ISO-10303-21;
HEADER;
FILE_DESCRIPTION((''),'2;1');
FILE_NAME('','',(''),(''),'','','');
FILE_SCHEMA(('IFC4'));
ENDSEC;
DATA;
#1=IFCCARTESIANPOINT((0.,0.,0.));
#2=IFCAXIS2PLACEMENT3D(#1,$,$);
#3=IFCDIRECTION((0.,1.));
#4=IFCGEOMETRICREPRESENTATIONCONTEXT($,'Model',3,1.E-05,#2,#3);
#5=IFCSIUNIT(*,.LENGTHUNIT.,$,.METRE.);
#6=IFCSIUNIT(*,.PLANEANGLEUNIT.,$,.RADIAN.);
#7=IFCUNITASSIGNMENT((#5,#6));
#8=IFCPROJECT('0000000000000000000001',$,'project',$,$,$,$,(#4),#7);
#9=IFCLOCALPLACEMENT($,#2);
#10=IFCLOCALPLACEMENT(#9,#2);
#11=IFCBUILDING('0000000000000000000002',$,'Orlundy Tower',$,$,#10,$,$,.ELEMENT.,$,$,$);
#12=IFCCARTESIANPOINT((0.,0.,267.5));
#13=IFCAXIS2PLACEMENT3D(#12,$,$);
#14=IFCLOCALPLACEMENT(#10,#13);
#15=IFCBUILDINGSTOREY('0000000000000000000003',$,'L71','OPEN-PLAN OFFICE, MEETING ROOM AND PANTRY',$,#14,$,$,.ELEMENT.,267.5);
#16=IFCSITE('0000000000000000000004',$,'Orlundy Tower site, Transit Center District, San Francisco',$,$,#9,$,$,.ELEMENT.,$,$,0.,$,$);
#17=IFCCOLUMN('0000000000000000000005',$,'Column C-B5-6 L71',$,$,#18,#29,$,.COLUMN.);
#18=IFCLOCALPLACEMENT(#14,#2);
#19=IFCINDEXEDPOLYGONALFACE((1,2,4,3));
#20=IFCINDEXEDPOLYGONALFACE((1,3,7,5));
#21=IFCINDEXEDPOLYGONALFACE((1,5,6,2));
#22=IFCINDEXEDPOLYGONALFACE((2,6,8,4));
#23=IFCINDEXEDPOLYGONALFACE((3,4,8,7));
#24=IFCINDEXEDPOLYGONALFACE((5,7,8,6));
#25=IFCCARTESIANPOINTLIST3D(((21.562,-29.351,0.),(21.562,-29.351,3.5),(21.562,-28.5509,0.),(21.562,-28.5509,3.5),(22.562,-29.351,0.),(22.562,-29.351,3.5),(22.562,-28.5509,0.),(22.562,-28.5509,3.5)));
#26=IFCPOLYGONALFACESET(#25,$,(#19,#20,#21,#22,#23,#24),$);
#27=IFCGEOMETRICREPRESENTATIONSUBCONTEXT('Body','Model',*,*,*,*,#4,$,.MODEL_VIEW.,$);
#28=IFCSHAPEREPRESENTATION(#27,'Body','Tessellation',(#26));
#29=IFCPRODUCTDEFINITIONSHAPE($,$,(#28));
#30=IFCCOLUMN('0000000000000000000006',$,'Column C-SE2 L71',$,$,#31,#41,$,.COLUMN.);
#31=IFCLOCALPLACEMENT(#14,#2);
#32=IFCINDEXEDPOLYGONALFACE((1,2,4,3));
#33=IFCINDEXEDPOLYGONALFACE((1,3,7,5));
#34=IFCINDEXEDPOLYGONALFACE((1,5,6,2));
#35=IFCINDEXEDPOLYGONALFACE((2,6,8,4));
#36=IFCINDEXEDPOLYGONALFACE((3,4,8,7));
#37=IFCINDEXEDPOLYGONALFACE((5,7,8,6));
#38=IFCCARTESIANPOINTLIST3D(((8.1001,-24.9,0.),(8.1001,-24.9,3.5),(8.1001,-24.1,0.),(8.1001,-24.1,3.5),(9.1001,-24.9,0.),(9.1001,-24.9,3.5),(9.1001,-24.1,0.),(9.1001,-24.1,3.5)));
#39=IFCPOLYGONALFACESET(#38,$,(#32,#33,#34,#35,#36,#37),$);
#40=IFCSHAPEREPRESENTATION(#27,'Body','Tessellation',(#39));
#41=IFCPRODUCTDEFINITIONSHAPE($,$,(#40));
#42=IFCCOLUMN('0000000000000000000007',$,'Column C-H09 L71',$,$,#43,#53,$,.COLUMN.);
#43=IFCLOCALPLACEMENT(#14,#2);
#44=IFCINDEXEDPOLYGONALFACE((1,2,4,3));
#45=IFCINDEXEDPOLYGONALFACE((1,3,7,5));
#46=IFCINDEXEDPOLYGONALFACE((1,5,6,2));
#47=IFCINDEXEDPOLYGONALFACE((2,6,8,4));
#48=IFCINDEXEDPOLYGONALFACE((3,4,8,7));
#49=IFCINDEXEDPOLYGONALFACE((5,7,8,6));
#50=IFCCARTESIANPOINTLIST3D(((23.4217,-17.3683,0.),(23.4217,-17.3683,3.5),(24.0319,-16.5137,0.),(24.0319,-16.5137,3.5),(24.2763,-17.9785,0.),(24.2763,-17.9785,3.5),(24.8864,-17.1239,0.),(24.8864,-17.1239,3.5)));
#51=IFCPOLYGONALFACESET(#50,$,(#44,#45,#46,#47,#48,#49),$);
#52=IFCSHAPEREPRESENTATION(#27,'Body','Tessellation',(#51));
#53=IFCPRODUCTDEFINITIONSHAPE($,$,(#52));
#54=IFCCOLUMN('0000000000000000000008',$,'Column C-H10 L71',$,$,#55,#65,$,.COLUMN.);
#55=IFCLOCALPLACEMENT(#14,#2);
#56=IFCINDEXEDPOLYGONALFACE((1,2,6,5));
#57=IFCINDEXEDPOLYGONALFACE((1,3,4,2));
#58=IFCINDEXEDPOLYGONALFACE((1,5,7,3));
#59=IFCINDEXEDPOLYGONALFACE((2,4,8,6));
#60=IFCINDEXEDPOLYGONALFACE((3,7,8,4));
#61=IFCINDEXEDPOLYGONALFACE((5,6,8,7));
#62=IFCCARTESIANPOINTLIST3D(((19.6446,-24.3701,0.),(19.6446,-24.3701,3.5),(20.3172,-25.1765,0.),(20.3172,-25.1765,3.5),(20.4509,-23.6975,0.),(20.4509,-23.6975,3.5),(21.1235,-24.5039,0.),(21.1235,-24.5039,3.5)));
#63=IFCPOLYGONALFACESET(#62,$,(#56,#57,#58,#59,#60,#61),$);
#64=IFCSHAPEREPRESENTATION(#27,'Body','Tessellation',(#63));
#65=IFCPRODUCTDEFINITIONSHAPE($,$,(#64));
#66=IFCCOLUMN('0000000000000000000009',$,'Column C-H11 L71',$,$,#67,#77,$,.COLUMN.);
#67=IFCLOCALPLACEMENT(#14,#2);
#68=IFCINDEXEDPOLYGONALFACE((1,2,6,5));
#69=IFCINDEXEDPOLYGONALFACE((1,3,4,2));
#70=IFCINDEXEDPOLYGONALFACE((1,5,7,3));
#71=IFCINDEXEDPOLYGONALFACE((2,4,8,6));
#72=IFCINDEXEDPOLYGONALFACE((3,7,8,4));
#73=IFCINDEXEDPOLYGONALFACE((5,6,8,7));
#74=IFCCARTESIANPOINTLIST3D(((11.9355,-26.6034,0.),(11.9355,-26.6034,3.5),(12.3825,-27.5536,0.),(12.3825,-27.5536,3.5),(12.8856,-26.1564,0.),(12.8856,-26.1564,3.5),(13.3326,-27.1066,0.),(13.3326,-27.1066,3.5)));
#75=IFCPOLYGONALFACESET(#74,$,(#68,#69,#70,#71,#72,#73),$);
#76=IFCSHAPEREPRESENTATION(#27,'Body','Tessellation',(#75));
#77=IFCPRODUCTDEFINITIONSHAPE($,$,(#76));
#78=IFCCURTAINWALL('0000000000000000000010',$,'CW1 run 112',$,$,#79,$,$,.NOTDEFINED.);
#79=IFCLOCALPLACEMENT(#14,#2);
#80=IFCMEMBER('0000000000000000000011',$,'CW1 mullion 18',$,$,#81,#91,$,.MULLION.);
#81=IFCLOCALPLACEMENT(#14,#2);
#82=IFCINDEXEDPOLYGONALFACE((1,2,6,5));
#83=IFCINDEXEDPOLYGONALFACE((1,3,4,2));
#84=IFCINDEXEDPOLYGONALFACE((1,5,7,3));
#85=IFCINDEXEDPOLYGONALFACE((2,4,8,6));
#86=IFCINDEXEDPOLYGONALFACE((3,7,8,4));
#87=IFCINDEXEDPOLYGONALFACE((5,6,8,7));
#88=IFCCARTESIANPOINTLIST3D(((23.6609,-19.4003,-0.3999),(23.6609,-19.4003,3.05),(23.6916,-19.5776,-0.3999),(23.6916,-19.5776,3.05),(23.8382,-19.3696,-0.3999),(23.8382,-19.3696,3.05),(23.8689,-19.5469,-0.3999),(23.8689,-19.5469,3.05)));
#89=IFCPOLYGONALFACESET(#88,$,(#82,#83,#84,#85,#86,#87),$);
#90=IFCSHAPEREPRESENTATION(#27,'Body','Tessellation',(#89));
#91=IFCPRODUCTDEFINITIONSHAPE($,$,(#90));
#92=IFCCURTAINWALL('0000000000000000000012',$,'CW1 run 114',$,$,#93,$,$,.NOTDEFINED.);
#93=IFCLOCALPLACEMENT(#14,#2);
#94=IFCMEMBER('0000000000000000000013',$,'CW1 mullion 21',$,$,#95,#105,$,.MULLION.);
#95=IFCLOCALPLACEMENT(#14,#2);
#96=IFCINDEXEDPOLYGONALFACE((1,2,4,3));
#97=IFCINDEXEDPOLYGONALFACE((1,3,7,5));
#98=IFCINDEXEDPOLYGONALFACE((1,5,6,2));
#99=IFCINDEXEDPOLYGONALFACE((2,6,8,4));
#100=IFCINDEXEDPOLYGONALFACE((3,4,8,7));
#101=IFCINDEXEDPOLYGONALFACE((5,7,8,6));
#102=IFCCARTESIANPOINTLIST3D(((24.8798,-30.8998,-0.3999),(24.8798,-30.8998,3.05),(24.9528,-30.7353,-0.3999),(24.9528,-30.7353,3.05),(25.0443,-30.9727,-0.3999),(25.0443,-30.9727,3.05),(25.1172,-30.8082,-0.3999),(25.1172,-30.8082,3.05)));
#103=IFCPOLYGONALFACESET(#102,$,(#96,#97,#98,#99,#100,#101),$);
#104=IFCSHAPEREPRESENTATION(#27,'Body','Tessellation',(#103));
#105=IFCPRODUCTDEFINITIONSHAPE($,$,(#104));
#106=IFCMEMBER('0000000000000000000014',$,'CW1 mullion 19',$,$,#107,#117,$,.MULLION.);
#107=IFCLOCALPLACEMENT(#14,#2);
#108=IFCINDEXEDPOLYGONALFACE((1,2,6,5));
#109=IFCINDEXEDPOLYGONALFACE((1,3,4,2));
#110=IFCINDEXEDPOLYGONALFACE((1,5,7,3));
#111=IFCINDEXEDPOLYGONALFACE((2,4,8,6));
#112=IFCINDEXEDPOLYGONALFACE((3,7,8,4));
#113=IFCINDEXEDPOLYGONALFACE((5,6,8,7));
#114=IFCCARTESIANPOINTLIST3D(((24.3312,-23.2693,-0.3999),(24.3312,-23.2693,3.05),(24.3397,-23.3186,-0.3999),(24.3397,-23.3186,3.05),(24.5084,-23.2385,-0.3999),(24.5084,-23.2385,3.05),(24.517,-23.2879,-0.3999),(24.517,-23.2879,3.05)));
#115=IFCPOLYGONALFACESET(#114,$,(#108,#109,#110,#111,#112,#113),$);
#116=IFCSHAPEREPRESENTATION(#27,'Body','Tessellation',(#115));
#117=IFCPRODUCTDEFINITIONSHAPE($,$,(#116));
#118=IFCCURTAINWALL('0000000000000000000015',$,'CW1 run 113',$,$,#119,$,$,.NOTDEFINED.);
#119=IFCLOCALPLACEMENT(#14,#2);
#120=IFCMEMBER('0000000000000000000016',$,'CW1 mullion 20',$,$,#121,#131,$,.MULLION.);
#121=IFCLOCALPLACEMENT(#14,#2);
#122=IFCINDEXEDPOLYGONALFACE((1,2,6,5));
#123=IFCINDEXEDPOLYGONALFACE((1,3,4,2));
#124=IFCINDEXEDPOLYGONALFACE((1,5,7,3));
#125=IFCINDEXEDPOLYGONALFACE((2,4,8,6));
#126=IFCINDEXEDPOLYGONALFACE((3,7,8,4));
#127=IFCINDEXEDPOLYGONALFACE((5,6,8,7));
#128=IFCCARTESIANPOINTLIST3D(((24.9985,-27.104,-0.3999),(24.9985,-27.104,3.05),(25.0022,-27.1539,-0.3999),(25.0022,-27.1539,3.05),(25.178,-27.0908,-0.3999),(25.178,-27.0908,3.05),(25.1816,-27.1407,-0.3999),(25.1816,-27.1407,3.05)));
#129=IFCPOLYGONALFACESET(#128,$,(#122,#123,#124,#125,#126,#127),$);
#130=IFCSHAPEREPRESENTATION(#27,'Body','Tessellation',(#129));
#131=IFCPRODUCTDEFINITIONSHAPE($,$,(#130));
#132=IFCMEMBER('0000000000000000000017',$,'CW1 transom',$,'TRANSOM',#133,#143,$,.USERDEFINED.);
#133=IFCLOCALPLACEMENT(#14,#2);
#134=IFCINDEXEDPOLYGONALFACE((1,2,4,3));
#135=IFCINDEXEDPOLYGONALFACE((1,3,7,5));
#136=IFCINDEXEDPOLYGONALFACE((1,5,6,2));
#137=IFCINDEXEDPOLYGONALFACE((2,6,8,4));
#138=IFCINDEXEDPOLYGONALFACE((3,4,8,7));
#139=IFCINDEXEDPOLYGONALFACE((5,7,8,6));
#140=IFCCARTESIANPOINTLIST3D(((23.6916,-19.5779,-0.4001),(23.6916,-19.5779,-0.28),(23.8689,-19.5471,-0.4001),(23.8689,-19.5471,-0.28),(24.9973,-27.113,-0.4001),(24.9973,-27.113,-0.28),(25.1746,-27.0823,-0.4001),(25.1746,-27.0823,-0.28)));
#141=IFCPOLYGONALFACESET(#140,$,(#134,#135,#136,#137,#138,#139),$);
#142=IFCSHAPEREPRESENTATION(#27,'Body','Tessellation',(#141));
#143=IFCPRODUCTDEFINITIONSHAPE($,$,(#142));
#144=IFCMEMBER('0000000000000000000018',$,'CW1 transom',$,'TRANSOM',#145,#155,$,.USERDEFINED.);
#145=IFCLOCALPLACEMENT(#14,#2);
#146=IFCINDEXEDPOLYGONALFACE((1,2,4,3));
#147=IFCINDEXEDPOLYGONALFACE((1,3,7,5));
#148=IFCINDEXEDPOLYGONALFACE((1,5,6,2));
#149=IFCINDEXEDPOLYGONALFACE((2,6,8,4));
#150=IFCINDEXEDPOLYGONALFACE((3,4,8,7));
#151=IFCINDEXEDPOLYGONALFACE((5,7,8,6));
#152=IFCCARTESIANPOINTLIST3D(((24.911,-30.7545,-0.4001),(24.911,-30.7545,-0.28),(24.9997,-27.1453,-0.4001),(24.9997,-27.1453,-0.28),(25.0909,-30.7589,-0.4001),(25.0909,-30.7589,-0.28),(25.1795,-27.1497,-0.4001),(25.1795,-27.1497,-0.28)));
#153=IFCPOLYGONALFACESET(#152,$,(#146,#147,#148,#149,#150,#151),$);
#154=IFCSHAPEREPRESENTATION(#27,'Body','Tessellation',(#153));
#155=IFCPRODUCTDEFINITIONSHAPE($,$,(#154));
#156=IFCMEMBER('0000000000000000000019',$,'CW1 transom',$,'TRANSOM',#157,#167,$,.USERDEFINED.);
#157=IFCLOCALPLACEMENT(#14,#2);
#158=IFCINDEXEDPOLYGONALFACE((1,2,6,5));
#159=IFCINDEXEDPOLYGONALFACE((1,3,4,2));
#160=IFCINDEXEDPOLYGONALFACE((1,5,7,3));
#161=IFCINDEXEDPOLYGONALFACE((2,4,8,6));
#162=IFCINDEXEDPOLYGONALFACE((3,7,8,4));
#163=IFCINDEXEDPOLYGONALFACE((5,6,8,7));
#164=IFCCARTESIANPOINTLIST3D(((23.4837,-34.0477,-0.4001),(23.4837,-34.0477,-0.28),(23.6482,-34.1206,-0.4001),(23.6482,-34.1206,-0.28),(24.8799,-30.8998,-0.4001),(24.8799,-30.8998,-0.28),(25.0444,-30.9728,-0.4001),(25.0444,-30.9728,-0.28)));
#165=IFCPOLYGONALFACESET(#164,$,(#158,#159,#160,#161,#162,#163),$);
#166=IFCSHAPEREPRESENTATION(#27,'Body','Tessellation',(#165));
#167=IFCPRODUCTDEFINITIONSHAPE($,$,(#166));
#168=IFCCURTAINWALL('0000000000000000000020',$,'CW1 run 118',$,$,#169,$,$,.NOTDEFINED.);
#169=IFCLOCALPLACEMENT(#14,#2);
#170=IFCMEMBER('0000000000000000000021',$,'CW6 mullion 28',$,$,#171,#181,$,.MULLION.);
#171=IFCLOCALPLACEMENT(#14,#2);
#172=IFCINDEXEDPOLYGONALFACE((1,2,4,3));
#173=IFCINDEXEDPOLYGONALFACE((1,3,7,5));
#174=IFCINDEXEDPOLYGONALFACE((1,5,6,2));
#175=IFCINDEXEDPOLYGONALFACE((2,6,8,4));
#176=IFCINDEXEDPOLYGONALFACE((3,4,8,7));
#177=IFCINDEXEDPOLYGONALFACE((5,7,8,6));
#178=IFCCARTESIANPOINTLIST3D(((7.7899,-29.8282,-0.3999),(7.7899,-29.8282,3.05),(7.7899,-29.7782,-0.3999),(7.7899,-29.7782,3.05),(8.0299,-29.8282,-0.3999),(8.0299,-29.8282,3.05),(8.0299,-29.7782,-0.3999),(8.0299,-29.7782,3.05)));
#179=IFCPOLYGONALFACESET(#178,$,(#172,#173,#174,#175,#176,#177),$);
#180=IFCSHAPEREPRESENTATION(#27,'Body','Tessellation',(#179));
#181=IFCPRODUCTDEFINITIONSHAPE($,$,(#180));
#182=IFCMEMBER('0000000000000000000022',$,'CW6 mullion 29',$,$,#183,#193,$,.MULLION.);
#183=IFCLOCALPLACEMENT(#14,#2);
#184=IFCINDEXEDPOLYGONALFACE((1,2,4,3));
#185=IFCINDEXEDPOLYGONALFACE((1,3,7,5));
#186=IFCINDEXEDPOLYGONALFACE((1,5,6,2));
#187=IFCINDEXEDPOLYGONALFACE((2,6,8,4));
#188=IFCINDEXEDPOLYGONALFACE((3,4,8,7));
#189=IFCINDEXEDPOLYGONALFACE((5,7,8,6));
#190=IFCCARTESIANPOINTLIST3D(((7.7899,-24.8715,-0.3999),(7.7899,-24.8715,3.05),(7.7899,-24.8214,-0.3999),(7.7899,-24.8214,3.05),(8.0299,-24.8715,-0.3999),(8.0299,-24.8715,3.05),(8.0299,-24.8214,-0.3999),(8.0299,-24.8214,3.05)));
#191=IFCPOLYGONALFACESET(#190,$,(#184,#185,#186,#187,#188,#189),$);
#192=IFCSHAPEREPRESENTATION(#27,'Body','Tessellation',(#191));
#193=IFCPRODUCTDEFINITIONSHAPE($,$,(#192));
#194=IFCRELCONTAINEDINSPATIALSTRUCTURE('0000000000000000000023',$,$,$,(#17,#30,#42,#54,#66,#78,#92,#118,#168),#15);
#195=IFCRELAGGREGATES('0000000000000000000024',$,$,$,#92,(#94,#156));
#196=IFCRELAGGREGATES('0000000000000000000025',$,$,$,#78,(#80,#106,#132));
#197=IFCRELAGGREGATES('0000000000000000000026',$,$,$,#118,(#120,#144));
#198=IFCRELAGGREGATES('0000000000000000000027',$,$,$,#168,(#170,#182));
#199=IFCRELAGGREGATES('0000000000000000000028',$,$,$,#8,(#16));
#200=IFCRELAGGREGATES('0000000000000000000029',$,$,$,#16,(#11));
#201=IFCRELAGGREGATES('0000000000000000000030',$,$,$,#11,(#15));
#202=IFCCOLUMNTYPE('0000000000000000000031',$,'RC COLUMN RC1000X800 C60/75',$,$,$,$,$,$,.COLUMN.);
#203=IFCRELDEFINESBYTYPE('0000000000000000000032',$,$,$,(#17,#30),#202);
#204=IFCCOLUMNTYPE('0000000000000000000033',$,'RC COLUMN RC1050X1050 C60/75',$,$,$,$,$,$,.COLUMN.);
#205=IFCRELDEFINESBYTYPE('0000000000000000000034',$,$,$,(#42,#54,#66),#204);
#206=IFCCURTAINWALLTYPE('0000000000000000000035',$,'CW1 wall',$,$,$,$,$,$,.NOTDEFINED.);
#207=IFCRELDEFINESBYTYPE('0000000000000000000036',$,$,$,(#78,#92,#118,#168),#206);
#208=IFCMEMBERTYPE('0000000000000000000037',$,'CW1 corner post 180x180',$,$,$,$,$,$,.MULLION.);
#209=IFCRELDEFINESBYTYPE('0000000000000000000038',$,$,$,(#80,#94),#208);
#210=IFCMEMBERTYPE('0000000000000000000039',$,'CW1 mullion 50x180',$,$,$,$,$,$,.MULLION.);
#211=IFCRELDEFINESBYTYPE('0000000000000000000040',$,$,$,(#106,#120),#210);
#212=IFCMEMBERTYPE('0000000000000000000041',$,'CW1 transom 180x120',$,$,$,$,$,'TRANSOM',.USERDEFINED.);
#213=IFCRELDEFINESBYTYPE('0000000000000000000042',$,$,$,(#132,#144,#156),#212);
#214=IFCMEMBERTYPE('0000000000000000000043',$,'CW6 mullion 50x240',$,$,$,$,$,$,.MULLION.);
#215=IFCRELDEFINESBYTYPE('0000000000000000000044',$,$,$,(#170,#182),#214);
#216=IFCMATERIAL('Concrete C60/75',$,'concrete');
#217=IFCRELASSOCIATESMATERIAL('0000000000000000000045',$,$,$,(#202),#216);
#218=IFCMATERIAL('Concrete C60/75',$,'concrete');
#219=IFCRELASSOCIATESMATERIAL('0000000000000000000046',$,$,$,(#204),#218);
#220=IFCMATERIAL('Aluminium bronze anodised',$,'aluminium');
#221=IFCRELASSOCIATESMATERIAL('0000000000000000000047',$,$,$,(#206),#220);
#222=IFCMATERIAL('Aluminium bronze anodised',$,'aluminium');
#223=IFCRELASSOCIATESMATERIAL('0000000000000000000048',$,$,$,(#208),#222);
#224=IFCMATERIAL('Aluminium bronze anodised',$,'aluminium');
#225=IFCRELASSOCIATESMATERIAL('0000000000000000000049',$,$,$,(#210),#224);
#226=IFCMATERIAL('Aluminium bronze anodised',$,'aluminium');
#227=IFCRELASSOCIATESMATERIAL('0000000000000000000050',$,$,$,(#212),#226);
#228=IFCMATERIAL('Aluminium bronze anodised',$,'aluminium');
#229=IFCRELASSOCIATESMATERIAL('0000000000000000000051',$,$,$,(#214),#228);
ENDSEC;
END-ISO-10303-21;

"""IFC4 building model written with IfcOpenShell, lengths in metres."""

from ifc_helpers import new_model, si_unit, direction, frame, origin, origin_2d, place, context, subcontext, project, spatial, rectangle, extrude, material, material_profile, profile_set, type_object, element, aggregate, save


model = new_model("IFC4")

# Units and contexts
model_context = context("Model", 3, precision=1e-05, world=origin(), true_north=direction((0.0, 1.0)))
body_context = subcontext(model_context, "Body", "Model", "MODEL_VIEW")
ifc_project = project(units=[si_unit("LENGTHUNIT", "METRE"), si_unit("PLANEANGLEUNIT", "RADIAN")], contexts=[model_context])

# Site, building, storey
site_placement = place(None, origin())
site = spatial("IfcSite", under=ifc_project, at=site_placement, Name="Orlundy Tower site, Transit Center District, San Francisco", CompositionType="ELEMENT", RefElevation=0.0)
building_placement = place(site_placement, origin())
building = spatial("IfcBuilding", under=site, at=building_placement, Name="Orlundy Tower", CompositionType="ELEMENT")
storey_placement = place(building_placement, frame((0.0, 0.0, 267.5)))
storey = spatial("IfcBuildingStorey", under=building, at=storey_placement, Name="L71", Description="OPEN-PLAN OFFICE, MEETING ROOM AND PANTRY", CompositionType="ELEMENT", Elevation=267.5)

# Columns
ifc_material_1 = material(Name="Concrete C60/75", Category="concrete")
ifc_material_profile_1 = material_profile(ifc_material_1, rectangle(XDim=1.0, YDim=0.8, at=origin_2d()), Name="RC1000X800")
ifc_profile_set_1 = profile_set([ifc_material_profile_1], Name="Concrete C60/75")
column_type_1 = type_object("IfcColumnType", Name="RC COLUMN RC1000X800 C60/75", PredefinedType="COLUMN", material=ifc_profile_set_1)
for number, where, z_axis, x_axis, name in (
    (1, (22.062, -28.9509, 0.0), (0.0, 0.0, 1.0), (1.0, 0.0, 0.0), "Column C-B5-6 L71"),
    (2, (8.6001, -24.5, 0.0), (0.0, 0.0, 1.0), (1.0, 0.0, 0.0), "Column C-SE2 L71"),
):
    element("IfcColumn", number, at=place(storey_placement, frame(where, z_axis=z_axis, x_axis=x_axis)), inside=storey, type_object=column_type_1, Name=name, PredefinedType="COLUMN", context=body_context, shape_type="SweptSolid", body=[
        extrude(rectangle(XDim=1.0, YDim=0.8, at=origin_2d()), origin(), (0.0, 0.0, 1.0), 3.5),
    ])
ifc_material_2 = material(Name="Concrete C60/75", Category="concrete")
ifc_material_profile_2 = material_profile(ifc_material_2, rectangle(XDim=1.05, YDim=1.05, at=origin_2d()), Name="RC1050X1050")
ifc_profile_set_2 = profile_set([ifc_material_profile_2], Name="Concrete C60/75")
column_type_2 = type_object("IfcColumnType", Name="RC COLUMN RC1050X1050 C60/75", PredefinedType="COLUMN", material=ifc_profile_set_2)
for number, where, z_axis, x_axis, name in (
    (3, (24.1541, -17.2461, 0.0), (0.0, 0.0, 1.0), (0.813842, -0.581087, 0.0), "Column C-H09 L71"),
    (4, (20.384, -24.437, 0.0), (0.0, 0.0, 1.0), (0.640552, -0.767915, 0.0), "Column C-H10 L71"),
    (5, (12.634, -26.855, 0.0), (0.0, 0.0, 1.0), (0.4257, -0.904864, 0.0), "Column C-H11 L71"),
):
    element("IfcColumn", number, at=place(storey_placement, frame(where, z_axis=z_axis, x_axis=x_axis)), inside=storey, type_object=column_type_2, Name=name, PredefinedType="COLUMN", context=body_context, shape_type="SweptSolid", body=[
        extrude(rectangle(XDim=1.05, YDim=1.05, at=origin_2d()), origin(), (0.0, 0.0, 1.0), 3.5),
    ])

# Curtain walls, members
ifc_material_3 = material(Name="Aluminium bronze anodised", Category="aluminium")
curtain_wall_type = type_object("IfcCurtainWallType", Name="CW1 wall", PredefinedType="NOTDEFINED", material=ifc_material_3)
curtain_wall_1_placement = place(storey_placement, origin())
curtain_wall_1 = element("IfcCurtainWall", 6, at=curtain_wall_1_placement, inside=storey, type_object=curtain_wall_type, Name="CW1 run 112", PredefinedType="NOTDEFINED")
ifc_material_4 = material(Name="Aluminium bronze anodised", Category="aluminium")
ifc_material_profile_3 = material_profile(ifc_material_4, rectangle(XDim=0.1799, YDim=0.1799, at=origin_2d()), Name="CW1 corner post 180x180")
ifc_profile_set_3 = profile_set([ifc_material_profile_3], Name="Aluminium bronze anodised")
member_type_1 = type_object("IfcMemberType", Name="CW1 corner post 180x180", PredefinedType="MULLION", material=ifc_profile_set_3)
member_1_placement = place(storey_placement, frame((23.7649, -19.4736, -0.3999), z_axis=(0.0, 0.0, 1.0), x_axis=(0.985318, 0.170729, 0.0)))
member_1 = element("IfcMember", 7, at=member_1_placement, type_object=member_type_1, Name="CW1 mullion 18", PredefinedType="MULLION", context=body_context, shape_type="SweptSolid", body=[
    extrude(rectangle(XDim=0.1799, YDim=0.1799, at=origin_2d()), origin(), (0.0, 0.0, 1.0), 3.45),
])
curtain_wall_2_placement = place(storey_placement, origin())
curtain_wall_2 = element("IfcCurtainWall", 8, at=curtain_wall_2_placement, inside=storey, type_object=curtain_wall_type, Name="CW1 run 114", PredefinedType="NOTDEFINED")
member_2_placement = place(storey_placement, frame((24.9985, -30.854, -0.3999), z_axis=(0.0, 0.0, 1.0), x_axis=(0.914134, -0.405413, 0.0)))
member_2 = element("IfcMember", 9, at=member_2_placement, type_object=member_type_1, Name="CW1 mullion 21", PredefinedType="MULLION", context=body_context, shape_type="SweptSolid", body=[
    extrude(rectangle(XDim=0.1799, YDim=0.1799, at=origin_2d()), origin(), (0.0, 0.0, 1.0), 3.45),
])

# Member
ifc_material_5 = material(Name="Aluminium bronze anodised", Category="aluminium")
ifc_material_profile_4 = material_profile(ifc_material_5, rectangle(XDim=0.1799, YDim=0.05, at=origin_2d()), Name="CW1 mullion 50x180")
ifc_profile_set_4 = profile_set([ifc_material_profile_4], Name="Aluminium bronze anodised")
member_type_2 = type_object("IfcMemberType", Name="CW1 mullion 50x180", PredefinedType="MULLION", material=ifc_profile_set_4)
member_3_placement = place(storey_placement, frame((24.4241, -23.2786, -0.3999), z_axis=(0.0, 0.0, 1.0), x_axis=(0.985318, 0.170729, 0.0)))
member_3 = element("IfcMember", 10, at=member_3_placement, type_object=member_type_2, Name="CW1 mullion 19", PredefinedType="MULLION", context=body_context, shape_type="SweptSolid", body=[
    extrude(rectangle(XDim=0.1799, YDim=0.05, at=origin_2d()), origin(), (0.0, 0.0, 1.0), 3.45),
])

# Curtain wall, member
curtain_wall_3_placement = place(storey_placement, origin())
curtain_wall_3 = element("IfcCurtainWall", 11, at=curtain_wall_3_placement, inside=storey, type_object=curtain_wall_type, Name="CW1 run 113", PredefinedType="NOTDEFINED")
member_4_placement = place(storey_placement, frame((25.0901, -27.1223, -0.3999), z_axis=(0.0, 0.0, 1.0), x_axis=(0.9973, 0.07344, 0.0)))
member_4 = element("IfcMember", 12, at=member_4_placement, type_object=member_type_2, Name="CW1 mullion 20", PredefinedType="MULLION", context=body_context, shape_type="SweptSolid", body=[
    extrude(rectangle(XDim=0.1799, YDim=0.05, at=origin_2d()), origin(), (0.0, 0.0, 1.0), 3.45),
])

# Members
ifc_material_6 = material(Name="Aluminium bronze anodised", Category="aluminium")
ifc_material_profile_5 = material_profile(ifc_material_6, rectangle(XDim=0.1799, YDim=0.1201, at=origin_2d()), Name="CW1 transom 180x120")
ifc_profile_set_5 = profile_set([ifc_material_profile_5], Name="Aluminium bronze anodised")
member_type_3 = type_object("IfcMemberType", Name="CW1 transom 180x120", ElementType="TRANSOM", PredefinedType="USERDEFINED", material=ifc_profile_set_5)
member_5_placement = place(storey_placement, frame((23.7803, -19.5625, -0.3401), z_axis=(0.170732, -0.985317, 0.0), x_axis=(0.985317, 0.170732, 0.0)))
member_5 = element("IfcMember", 13, at=member_5_placement, type_object=member_type_3, Name="CW1 transom", ObjectType="TRANSOM", PredefinedType="USERDEFINED", context=body_context, shape_type="SweptSolid", body=[
    extrude(rectangle(XDim=0.1799, YDim=0.1201, at=origin_2d()), origin(), (0.0, 0.0, 1.0), 7.6475),
])
member_6_placement = place(storey_placement, frame((25.0896, -27.1475, -0.3401), z_axis=(-0.024546, -0.999699, 0.0), x_axis=(0.999699, -0.024546, 0.0)))
member_6 = element("IfcMember", 14, at=member_6_placement, type_object=member_type_3, Name="CW1 transom", ObjectType="TRANSOM", PredefinedType="USERDEFINED", context=body_context, shape_type="SweptSolid", body=[
    extrude(rectangle(XDim=0.1799, YDim=0.1201, at=origin_2d()), origin(), (0.0, 0.0, 1.0), 3.6104),
])
member_7_placement = place(storey_placement, frame((24.9622, -30.9363, -0.3401), z_axis=(-0.405448, -0.914118, 0.0), x_axis=(0.914118, -0.405448, 0.0)))
member_7 = element("IfcMember", 15, at=member_7_placement, type_object=member_type_3, Name="CW1 transom", ObjectType="TRANSOM", PredefinedType="USERDEFINED", context=body_context, shape_type="SweptSolid", body=[
    extrude(rectangle(XDim=0.1799, YDim=0.1201, at=origin_2d()), origin(), (0.0, 0.0, 1.0), 3.4436),
])
aggregate(curtain_wall_2, [member_2, member_7])

# Curtain wall, members
curtain_wall_4_placement = place(storey_placement, origin())
curtain_wall_4 = element("IfcCurtainWall", 16, at=curtain_wall_4_placement, inside=storey, type_object=curtain_wall_type, Name="CW1 run 118", PredefinedType="NOTDEFINED")
ifc_material_7 = material(Name="Aluminium bronze anodised", Category="aluminium")
ifc_material_profile_6 = material_profile(ifc_material_7, rectangle(XDim=0.24, YDim=0.05, at=origin_2d()), Name="CW6 mullion 50x240")
ifc_profile_set_6 = profile_set([ifc_material_profile_6], Name="Aluminium bronze anodised")
member_type_4 = type_object("IfcMemberType", Name="CW6 mullion 50x240", PredefinedType="MULLION", material=ifc_profile_set_6)
member_8_placement = place(storey_placement, frame((7.9099, -29.8032, -0.3999), z_axis=(0.0, 0.0, 1.0), x_axis=(-1.0, 0.0, 0.0)))
member_8 = element("IfcMember", 17, at=member_8_placement, type_object=member_type_4, Name="CW6 mullion 28", PredefinedType="MULLION", context=body_context, shape_type="SweptSolid", body=[
    extrude(rectangle(XDim=0.24, YDim=0.05, at=origin_2d()), origin(), (0.0, 0.0, 1.0), 3.45),
])
member_9_placement = place(storey_placement, frame((7.9099, -24.8464, -0.3999), z_axis=(0.0, 0.0, 1.0), x_axis=(-1.0, 0.0, 0.0)))
member_9 = element("IfcMember", 18, at=member_9_placement, type_object=member_type_4, Name="CW6 mullion 29", PredefinedType="MULLION", context=body_context, shape_type="SweptSolid", body=[
    extrude(rectangle(XDim=0.24, YDim=0.05, at=origin_2d()), origin(), (0.0, 0.0, 1.0), 3.45),
])

aggregate(curtain_wall_1, [member_1, member_3, member_5])
aggregate(curtain_wall_3, [member_4, member_6])
aggregate(curtain_wall_4, [member_8, member_9])

save(model, "model.ifc")
